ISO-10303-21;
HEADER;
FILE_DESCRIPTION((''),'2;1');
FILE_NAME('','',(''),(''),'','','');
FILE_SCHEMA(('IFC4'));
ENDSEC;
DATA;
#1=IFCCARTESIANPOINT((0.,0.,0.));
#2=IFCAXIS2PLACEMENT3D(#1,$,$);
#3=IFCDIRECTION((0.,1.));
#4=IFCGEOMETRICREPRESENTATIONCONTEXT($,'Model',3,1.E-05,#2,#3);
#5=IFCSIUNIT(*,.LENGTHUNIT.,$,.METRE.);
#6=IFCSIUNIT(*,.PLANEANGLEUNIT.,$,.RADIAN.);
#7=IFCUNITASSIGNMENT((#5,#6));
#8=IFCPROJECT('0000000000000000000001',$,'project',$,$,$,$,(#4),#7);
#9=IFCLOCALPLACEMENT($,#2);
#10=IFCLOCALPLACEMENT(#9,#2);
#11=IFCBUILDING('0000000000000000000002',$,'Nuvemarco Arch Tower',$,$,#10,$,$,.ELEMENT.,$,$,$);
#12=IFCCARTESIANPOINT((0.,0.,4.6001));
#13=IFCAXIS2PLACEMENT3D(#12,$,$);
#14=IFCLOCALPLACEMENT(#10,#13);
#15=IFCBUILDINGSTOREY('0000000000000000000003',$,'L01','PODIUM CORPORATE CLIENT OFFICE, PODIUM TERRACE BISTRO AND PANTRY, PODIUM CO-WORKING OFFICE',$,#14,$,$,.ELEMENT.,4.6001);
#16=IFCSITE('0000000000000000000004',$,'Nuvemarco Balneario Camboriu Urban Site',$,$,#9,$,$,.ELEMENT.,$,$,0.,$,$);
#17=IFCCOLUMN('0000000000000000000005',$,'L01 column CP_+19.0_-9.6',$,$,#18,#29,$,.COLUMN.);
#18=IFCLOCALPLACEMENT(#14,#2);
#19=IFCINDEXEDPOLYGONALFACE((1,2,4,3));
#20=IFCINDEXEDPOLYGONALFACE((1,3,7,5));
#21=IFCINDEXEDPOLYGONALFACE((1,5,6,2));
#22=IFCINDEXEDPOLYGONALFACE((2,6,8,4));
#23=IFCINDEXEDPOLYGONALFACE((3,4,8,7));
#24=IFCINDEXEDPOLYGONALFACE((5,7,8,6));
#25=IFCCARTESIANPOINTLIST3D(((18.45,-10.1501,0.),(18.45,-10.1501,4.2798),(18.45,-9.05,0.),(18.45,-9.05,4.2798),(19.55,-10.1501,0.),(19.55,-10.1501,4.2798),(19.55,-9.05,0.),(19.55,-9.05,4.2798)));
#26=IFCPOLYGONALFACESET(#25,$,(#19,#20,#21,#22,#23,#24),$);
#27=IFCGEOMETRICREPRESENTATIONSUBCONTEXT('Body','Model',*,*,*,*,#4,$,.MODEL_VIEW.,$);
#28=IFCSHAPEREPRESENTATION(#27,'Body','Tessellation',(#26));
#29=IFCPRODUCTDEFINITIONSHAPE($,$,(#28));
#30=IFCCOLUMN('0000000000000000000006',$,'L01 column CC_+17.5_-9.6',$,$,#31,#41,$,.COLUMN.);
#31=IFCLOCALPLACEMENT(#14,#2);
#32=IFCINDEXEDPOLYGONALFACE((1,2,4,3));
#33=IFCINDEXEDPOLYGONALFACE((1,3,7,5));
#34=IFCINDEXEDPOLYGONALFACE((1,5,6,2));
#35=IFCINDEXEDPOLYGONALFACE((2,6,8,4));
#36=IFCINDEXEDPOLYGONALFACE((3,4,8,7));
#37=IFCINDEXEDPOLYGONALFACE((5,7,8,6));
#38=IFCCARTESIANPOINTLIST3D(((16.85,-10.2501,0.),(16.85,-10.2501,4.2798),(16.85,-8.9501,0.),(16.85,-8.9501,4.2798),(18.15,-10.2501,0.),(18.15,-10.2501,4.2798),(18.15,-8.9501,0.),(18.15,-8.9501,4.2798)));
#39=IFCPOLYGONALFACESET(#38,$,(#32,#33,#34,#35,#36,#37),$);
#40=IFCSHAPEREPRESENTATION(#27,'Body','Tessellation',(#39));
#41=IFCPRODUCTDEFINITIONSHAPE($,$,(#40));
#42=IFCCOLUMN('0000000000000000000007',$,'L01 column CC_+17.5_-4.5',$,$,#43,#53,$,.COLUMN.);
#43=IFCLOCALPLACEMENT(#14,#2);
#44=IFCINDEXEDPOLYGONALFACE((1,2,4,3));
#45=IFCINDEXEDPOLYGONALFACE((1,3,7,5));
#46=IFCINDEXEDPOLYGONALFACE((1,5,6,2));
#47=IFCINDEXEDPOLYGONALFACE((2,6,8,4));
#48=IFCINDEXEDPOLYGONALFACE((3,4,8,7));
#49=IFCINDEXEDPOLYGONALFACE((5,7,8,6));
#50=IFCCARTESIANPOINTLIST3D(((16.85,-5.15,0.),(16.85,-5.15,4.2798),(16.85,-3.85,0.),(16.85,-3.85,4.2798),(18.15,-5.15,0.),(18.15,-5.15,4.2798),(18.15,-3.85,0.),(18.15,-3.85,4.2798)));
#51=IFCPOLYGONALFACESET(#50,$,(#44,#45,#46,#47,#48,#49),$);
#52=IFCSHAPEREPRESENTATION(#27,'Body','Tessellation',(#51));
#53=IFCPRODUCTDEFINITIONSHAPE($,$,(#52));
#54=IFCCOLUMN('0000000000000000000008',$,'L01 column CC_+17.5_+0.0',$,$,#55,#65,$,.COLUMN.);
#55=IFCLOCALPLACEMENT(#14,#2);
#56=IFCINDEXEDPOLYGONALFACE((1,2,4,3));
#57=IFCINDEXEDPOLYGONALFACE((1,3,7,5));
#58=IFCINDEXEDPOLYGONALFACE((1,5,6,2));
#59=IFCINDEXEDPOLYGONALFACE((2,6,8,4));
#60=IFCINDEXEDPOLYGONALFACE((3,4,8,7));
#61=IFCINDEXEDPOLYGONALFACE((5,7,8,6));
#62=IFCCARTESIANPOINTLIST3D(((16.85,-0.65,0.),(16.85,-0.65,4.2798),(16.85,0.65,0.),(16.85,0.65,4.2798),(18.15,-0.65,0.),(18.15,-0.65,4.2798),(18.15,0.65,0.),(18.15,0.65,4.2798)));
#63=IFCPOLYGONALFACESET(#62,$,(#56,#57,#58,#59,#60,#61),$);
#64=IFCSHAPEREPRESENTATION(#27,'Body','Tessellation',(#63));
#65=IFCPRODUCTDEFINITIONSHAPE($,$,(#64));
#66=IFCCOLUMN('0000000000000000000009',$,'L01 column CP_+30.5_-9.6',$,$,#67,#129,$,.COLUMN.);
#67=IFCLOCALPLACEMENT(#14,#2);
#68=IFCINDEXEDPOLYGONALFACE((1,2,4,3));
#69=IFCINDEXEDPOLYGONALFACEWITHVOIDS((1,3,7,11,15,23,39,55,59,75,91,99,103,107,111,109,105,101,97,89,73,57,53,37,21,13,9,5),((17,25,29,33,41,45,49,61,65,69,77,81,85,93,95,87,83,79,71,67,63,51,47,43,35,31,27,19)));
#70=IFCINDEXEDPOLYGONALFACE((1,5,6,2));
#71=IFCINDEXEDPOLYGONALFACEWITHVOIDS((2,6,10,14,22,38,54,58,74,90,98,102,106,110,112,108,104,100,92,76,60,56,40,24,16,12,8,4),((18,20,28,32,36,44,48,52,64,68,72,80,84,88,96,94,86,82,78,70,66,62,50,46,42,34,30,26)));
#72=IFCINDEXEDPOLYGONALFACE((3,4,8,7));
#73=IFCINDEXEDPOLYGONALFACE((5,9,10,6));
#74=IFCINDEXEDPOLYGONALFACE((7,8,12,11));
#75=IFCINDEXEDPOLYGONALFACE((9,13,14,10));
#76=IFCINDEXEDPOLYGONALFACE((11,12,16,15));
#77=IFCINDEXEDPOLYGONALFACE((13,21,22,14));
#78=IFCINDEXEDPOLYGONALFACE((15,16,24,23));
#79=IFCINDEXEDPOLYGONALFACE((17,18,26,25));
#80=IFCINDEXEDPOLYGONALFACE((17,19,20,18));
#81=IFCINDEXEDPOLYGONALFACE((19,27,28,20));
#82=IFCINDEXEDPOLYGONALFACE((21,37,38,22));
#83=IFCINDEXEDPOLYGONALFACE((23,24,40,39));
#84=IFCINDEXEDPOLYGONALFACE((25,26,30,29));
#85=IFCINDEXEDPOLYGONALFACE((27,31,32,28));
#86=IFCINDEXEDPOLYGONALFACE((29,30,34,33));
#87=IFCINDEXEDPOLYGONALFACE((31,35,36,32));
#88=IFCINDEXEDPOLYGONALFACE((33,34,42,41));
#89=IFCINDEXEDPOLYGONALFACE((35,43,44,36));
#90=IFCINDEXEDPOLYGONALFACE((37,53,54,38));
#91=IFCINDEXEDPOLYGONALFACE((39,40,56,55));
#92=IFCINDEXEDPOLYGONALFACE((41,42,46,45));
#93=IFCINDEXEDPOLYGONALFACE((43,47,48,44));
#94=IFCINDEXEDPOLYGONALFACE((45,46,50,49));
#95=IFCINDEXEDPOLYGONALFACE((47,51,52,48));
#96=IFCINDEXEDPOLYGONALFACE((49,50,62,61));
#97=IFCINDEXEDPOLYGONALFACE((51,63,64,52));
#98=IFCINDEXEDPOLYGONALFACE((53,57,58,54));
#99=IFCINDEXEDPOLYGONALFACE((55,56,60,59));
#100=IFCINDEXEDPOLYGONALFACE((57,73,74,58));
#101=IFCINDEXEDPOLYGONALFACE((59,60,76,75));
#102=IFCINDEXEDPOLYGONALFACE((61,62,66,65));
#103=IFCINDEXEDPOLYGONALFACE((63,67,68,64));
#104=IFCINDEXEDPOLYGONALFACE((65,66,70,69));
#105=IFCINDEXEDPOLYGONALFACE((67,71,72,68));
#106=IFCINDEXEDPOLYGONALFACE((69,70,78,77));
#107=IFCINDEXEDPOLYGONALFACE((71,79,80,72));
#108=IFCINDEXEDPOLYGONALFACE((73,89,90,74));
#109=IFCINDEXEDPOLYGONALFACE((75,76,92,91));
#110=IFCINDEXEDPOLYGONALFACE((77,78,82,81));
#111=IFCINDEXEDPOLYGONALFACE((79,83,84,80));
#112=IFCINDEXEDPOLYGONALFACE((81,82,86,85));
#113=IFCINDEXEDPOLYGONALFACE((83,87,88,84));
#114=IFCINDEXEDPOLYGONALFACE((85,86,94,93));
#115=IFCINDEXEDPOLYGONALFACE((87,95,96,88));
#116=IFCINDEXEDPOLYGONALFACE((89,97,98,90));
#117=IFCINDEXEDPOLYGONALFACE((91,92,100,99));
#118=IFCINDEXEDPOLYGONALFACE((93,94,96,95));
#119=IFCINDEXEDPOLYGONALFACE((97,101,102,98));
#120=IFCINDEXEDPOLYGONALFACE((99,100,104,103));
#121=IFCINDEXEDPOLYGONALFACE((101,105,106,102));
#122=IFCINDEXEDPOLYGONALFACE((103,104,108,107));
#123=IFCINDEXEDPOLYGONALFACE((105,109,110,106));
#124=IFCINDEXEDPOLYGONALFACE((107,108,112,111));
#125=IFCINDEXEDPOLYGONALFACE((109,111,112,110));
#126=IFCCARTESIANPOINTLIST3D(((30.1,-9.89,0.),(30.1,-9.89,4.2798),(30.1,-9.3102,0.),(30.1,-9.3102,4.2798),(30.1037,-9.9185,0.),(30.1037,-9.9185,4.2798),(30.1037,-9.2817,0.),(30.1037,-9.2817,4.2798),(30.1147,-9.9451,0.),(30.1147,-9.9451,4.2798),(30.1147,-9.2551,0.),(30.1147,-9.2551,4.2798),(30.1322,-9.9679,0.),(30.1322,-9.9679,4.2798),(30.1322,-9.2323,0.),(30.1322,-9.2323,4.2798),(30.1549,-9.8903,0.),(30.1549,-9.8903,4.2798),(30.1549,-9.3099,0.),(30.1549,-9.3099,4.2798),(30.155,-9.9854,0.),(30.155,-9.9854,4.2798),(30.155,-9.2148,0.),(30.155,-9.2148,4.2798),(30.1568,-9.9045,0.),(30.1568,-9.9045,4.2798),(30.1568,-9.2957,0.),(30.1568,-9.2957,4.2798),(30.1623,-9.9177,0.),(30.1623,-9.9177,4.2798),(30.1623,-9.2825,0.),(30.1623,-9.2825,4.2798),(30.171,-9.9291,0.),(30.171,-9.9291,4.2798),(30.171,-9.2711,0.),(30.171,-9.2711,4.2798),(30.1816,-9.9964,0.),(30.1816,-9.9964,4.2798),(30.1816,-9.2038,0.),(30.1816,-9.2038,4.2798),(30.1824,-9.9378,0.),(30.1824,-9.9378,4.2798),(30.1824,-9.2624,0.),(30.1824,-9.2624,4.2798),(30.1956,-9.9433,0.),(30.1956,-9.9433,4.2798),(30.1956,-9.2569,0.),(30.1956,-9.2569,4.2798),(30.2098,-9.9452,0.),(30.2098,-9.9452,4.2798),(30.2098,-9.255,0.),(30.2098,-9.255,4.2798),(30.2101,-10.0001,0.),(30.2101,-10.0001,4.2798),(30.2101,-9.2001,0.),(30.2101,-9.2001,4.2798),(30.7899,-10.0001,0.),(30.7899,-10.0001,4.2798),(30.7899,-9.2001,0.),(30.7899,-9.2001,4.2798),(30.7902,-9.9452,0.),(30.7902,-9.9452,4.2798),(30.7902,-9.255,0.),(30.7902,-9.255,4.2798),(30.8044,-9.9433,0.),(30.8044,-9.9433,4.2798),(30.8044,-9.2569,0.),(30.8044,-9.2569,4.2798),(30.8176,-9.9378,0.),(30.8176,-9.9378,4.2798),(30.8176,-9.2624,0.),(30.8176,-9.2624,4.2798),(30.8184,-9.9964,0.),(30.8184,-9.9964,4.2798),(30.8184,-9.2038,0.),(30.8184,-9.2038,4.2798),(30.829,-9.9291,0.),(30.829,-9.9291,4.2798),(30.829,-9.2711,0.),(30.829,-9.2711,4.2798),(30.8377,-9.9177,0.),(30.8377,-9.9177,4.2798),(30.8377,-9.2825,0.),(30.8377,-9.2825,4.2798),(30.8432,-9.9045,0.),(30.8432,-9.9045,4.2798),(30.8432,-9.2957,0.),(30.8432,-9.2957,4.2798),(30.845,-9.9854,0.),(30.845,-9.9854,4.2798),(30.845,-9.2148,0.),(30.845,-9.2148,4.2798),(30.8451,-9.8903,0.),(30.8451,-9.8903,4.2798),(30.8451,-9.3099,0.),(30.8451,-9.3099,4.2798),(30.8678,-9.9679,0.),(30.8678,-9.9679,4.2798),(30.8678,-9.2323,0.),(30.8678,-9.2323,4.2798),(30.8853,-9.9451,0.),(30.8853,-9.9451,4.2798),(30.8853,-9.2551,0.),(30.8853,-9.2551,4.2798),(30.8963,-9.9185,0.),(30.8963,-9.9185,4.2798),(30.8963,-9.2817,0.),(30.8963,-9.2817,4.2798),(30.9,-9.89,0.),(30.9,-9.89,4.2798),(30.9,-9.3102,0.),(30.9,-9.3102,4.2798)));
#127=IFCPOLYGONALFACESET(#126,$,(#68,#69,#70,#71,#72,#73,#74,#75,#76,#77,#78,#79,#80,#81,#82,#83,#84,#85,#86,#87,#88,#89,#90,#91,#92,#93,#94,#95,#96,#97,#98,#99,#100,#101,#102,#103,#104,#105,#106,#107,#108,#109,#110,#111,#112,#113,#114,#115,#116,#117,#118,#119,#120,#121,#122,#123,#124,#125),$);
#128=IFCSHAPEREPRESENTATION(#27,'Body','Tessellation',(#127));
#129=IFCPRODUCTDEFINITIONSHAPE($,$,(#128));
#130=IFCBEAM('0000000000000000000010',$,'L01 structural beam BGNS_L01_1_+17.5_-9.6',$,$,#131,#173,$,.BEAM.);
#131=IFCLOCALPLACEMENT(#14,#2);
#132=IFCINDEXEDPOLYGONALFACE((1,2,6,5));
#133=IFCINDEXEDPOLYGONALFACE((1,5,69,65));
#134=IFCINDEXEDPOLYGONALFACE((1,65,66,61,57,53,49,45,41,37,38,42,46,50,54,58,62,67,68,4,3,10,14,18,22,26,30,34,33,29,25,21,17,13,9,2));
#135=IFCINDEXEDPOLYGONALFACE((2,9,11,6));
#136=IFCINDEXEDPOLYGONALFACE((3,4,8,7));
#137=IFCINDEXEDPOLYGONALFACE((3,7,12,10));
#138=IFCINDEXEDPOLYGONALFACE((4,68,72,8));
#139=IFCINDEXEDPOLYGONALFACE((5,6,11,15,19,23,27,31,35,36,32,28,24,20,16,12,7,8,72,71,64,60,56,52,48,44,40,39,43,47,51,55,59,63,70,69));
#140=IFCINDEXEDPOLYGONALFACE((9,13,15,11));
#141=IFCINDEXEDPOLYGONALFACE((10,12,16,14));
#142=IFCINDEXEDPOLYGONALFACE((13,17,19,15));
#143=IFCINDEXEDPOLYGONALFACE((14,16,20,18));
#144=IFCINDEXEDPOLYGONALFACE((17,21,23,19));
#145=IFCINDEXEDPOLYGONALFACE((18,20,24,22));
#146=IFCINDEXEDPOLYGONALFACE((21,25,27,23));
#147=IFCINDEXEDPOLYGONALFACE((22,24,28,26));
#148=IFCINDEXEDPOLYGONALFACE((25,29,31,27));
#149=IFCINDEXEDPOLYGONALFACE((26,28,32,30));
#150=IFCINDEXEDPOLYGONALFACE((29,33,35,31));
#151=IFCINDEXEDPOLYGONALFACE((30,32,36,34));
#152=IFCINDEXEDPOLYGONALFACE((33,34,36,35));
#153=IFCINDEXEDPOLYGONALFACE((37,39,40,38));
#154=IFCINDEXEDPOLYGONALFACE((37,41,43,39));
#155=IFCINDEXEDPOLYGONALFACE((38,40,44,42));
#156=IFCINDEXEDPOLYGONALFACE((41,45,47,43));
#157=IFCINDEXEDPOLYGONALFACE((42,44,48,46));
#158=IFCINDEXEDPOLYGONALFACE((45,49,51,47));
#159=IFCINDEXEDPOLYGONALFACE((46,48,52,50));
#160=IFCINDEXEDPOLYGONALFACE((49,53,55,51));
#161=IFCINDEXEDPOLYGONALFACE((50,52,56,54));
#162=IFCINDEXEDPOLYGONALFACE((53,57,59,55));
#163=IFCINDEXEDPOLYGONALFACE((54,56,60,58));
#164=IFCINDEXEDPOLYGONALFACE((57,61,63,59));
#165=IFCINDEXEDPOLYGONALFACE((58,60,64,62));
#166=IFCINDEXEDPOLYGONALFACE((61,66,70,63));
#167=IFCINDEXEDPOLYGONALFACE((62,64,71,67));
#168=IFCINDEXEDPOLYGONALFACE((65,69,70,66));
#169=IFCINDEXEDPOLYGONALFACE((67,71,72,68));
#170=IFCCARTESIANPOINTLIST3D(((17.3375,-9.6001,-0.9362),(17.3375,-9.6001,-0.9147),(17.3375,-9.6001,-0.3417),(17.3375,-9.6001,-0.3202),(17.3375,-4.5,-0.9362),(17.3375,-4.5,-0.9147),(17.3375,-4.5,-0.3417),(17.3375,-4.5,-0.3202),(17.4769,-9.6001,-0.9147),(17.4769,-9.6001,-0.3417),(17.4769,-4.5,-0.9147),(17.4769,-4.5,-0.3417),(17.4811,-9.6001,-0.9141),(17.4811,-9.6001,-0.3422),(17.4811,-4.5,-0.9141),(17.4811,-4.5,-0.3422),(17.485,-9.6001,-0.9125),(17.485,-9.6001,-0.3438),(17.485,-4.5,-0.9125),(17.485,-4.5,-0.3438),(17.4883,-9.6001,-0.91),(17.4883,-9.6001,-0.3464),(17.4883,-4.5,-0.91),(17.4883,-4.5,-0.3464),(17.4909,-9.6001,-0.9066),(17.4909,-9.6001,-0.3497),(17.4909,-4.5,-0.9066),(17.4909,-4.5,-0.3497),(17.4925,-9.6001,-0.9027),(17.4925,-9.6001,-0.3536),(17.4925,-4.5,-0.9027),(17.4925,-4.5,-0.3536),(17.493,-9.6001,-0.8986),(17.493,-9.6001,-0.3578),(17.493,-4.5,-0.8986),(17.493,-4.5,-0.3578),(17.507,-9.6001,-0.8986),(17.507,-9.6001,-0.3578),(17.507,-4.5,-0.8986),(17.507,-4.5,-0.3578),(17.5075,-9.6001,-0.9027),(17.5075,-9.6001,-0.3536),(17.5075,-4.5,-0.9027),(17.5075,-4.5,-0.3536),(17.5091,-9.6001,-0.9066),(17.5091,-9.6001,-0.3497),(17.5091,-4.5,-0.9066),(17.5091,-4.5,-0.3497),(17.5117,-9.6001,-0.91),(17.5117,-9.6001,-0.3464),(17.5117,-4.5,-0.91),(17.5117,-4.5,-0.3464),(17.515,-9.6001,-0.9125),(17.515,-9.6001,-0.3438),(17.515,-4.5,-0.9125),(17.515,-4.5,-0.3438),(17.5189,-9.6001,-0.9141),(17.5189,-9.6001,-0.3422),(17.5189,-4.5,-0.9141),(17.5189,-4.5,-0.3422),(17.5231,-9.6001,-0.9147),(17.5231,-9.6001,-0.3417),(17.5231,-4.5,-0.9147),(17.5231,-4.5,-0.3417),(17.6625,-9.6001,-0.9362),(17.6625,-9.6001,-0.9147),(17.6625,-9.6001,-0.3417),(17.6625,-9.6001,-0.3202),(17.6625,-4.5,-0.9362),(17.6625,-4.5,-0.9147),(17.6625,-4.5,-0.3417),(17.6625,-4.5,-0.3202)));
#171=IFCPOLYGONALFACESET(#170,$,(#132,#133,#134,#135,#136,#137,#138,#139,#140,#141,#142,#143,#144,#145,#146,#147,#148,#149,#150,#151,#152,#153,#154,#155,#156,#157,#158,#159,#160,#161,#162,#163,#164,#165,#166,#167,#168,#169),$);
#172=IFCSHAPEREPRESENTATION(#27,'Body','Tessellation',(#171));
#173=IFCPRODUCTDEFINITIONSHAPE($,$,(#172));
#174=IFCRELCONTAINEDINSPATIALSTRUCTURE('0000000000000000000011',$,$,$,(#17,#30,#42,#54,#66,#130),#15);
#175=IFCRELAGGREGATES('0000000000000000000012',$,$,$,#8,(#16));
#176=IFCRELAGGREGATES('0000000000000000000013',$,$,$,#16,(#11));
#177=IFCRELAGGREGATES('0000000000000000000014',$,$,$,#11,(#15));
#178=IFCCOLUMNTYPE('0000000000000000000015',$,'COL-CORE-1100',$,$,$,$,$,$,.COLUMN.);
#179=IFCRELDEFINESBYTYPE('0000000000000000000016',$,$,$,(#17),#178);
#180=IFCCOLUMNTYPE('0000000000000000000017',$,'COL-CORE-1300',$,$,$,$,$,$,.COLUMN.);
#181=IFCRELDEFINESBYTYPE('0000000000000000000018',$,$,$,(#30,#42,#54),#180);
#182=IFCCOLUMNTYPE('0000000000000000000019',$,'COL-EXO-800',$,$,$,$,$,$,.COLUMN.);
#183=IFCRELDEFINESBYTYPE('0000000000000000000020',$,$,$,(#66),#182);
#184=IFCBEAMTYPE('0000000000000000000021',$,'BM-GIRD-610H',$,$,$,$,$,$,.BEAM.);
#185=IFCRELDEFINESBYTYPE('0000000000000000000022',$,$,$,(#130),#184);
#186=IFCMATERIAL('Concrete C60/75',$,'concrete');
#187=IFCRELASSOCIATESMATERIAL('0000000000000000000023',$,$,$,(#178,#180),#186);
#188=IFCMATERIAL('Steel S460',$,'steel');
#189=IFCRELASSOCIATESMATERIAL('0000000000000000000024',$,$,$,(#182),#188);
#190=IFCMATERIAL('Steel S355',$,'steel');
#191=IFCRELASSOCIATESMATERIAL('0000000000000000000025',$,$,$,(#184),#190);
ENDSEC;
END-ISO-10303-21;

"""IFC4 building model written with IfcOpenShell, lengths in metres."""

from ifc_helpers import new_model, si_unit, direction, frame, origin, origin_2d, place, context, subcontext, project, spatial, rectangle, hollow_rectangle, i_section, extrude, material, material_profile, profile_set, type_object, element, save


model = new_model("IFC4")

# Units and contexts
model_context = context("Model", 3, precision=1e-05, world=origin(), true_north=direction((0.0, 1.0)))
body_context = subcontext(model_context, "Body", "Model", "MODEL_VIEW")
ifc_project = project(units=[si_unit("LENGTHUNIT", "METRE"), si_unit("PLANEANGLEUNIT", "RADIAN")], contexts=[model_context])

# Site, building, storey
site_placement = place(None, origin())
site = spatial("IfcSite", under=ifc_project, at=site_placement, Name="Nuvemarco Balneario Camboriu Urban Site", CompositionType="ELEMENT", RefElevation=0.0)
building_placement = place(site_placement, origin())
building = spatial("IfcBuilding", under=site, at=building_placement, Name="Nuvemarco Arch Tower", CompositionType="ELEMENT")
storey_placement = place(building_placement, frame((0.0, 0.0, 4.6001)))
storey = spatial("IfcBuildingStorey", under=building, at=storey_placement, Name="L01", Description="PODIUM CORPORATE CLIENT OFFICE, PODIUM TERRACE BISTRO AND PANTRY, PODIUM CO-WORKING OFFICE", CompositionType="ELEMENT", Elevation=4.6001)

# Columns
ifc_material_1 = material(Name="Concrete C60/75", Category="concrete")
ifc_material_profile_1 = material_profile(ifc_material_1, rectangle(XDim=1.1001, YDim=1.1001, at=origin_2d()), Name="RC-COL-1100x1100")
ifc_profile_set_1 = profile_set([ifc_material_profile_1], Name="Concrete C60/75")
column_type_1 = type_object("IfcColumnType", Name="COL-CORE-1100", PredefinedType="COLUMN", material=ifc_profile_set_1)
column_1_placement = place(storey_placement, frame((19.0, -9.6001, 0.0), z_axis=(0.0, 0.0, 1.0), x_axis=(1.0, 0.0, 0.0)))
element("IfcColumn", 1, at=column_1_placement, inside=storey, type_object=column_type_1, Name="L01 column CP_+19.0_-9.6", PredefinedType="COLUMN", context=body_context, shape_type="SweptSolid", body=[
    extrude(rectangle(XDim=1.1001, YDim=1.1001, at=origin_2d()), origin(), (0.0, 0.0, 1.0), 4.2798),
])
ifc_material_profile_2 = material_profile(ifc_material_1, rectangle(XDim=1.3, YDim=1.3, at=origin_2d()), Name="RC-COL-1300x1300")
ifc_profile_set_2 = profile_set([ifc_material_profile_2], Name="Concrete C60/75")
column_type_2 = type_object("IfcColumnType", Name="COL-CORE-1300", PredefinedType="COLUMN", material=ifc_profile_set_2)
for number, where, z_axis, x_axis, name in (
    (2, (17.5, -9.6001, 0.0), (0.0, 0.0, 1.0), (1.0, 0.0, 0.0), "L01 column CC_+17.5_-9.6"),
    (3, (17.5, -4.5, 0.0), (0.0, 0.0, 1.0), (1.0, 0.0, 0.0), "L01 column CC_+17.5_-4.5"),
    (4, (17.5, 0.0, 0.0), (0.0, 0.0, 1.0), (1.0, 0.0, 0.0), "L01 column CC_+17.5_+0.0"),
):
    element("IfcColumn", number, at=place(storey_placement, frame(where, z_axis=z_axis, x_axis=x_axis)), inside=storey, type_object=column_type_2, Name=name, PredefinedType="COLUMN", context=body_context, shape_type="SweptSolid", body=[
        extrude(rectangle(XDim=1.3, YDim=1.3, at=origin_2d()), origin(), (0.0, 0.0, 1.0), 4.2798),
    ])
ifc_material_2 = material(Name="Steel S460", Category="steel")
ifc_material_profile_3 = material_profile(ifc_material_2, hollow_rectangle(XDim=0.8, YDim=0.8, WallThickness=0.0549, InnerFilletRadius=0.0549, OuterFilletRadius=0.1101, at=origin_2d()), Name="SHS800x800x55")
ifc_profile_set_3 = profile_set([ifc_material_profile_3], Name="Steel S460")
column_type_3 = type_object("IfcColumnType", Name="COL-EXO-800", PredefinedType="COLUMN", material=ifc_profile_set_3)
column_2_placement = place(storey_placement, frame((30.5, -9.6001, 0.0), z_axis=(0.0, 0.0, 1.0), x_axis=(1.0, 0.0, 0.0)))
element("IfcColumn", 5, at=column_2_placement, inside=storey, type_object=column_type_3, Name="L01 column CP_+30.5_-9.6", PredefinedType="COLUMN", context=body_context, shape_type="SweptSolid", body=[
    extrude(hollow_rectangle(XDim=0.8, YDim=0.8, WallThickness=0.0549, InnerFilletRadius=0.0549, OuterFilletRadius=0.1101, at=origin_2d()), origin(), (0.0, 0.0, 1.0), 4.2798),
])

# Beam
ifc_material_3 = material(Name="Steel S355", Category="steel")
ifc_material_profile_4 = material_profile(ifc_material_3, i_section(OverallWidth=0.325, OverallDepth=0.616, WebThickness=0.0139, FlangeThickness=0.0215, FilletRadius=0.0161, at=origin_2d()), Name="W610x174")
ifc_profile_set_4 = profile_set([ifc_material_profile_4], Name="Steel S355")
beam_type_1 = type_object("IfcBeamType", Name="BM-GIRD-610H", PredefinedType="BEAM", material=ifc_profile_set_4)
beam_1_placement = place(storey_placement, frame((17.5, -9.6001, -0.6282), z_axis=(0.0, 1.0, 0.0), x_axis=(-1.0, 0.0, 0.0)))
element("IfcBeam", 6, at=beam_1_placement, inside=storey, type_object=beam_type_1, Name="L01 structural beam BGNS_L01_1_+17.5_-9.6", PredefinedType="BEAM", context=body_context, shape_type="SweptSolid", body=[
    extrude(i_section(OverallWidth=0.325, OverallDepth=0.616, WebThickness=0.0139, FlangeThickness=0.0215, FilletRadius=0.0161, at=origin_2d()), origin(), (0.0, 0.0, 1.0), 5.1001),
])

save(model, "model.ifc")
